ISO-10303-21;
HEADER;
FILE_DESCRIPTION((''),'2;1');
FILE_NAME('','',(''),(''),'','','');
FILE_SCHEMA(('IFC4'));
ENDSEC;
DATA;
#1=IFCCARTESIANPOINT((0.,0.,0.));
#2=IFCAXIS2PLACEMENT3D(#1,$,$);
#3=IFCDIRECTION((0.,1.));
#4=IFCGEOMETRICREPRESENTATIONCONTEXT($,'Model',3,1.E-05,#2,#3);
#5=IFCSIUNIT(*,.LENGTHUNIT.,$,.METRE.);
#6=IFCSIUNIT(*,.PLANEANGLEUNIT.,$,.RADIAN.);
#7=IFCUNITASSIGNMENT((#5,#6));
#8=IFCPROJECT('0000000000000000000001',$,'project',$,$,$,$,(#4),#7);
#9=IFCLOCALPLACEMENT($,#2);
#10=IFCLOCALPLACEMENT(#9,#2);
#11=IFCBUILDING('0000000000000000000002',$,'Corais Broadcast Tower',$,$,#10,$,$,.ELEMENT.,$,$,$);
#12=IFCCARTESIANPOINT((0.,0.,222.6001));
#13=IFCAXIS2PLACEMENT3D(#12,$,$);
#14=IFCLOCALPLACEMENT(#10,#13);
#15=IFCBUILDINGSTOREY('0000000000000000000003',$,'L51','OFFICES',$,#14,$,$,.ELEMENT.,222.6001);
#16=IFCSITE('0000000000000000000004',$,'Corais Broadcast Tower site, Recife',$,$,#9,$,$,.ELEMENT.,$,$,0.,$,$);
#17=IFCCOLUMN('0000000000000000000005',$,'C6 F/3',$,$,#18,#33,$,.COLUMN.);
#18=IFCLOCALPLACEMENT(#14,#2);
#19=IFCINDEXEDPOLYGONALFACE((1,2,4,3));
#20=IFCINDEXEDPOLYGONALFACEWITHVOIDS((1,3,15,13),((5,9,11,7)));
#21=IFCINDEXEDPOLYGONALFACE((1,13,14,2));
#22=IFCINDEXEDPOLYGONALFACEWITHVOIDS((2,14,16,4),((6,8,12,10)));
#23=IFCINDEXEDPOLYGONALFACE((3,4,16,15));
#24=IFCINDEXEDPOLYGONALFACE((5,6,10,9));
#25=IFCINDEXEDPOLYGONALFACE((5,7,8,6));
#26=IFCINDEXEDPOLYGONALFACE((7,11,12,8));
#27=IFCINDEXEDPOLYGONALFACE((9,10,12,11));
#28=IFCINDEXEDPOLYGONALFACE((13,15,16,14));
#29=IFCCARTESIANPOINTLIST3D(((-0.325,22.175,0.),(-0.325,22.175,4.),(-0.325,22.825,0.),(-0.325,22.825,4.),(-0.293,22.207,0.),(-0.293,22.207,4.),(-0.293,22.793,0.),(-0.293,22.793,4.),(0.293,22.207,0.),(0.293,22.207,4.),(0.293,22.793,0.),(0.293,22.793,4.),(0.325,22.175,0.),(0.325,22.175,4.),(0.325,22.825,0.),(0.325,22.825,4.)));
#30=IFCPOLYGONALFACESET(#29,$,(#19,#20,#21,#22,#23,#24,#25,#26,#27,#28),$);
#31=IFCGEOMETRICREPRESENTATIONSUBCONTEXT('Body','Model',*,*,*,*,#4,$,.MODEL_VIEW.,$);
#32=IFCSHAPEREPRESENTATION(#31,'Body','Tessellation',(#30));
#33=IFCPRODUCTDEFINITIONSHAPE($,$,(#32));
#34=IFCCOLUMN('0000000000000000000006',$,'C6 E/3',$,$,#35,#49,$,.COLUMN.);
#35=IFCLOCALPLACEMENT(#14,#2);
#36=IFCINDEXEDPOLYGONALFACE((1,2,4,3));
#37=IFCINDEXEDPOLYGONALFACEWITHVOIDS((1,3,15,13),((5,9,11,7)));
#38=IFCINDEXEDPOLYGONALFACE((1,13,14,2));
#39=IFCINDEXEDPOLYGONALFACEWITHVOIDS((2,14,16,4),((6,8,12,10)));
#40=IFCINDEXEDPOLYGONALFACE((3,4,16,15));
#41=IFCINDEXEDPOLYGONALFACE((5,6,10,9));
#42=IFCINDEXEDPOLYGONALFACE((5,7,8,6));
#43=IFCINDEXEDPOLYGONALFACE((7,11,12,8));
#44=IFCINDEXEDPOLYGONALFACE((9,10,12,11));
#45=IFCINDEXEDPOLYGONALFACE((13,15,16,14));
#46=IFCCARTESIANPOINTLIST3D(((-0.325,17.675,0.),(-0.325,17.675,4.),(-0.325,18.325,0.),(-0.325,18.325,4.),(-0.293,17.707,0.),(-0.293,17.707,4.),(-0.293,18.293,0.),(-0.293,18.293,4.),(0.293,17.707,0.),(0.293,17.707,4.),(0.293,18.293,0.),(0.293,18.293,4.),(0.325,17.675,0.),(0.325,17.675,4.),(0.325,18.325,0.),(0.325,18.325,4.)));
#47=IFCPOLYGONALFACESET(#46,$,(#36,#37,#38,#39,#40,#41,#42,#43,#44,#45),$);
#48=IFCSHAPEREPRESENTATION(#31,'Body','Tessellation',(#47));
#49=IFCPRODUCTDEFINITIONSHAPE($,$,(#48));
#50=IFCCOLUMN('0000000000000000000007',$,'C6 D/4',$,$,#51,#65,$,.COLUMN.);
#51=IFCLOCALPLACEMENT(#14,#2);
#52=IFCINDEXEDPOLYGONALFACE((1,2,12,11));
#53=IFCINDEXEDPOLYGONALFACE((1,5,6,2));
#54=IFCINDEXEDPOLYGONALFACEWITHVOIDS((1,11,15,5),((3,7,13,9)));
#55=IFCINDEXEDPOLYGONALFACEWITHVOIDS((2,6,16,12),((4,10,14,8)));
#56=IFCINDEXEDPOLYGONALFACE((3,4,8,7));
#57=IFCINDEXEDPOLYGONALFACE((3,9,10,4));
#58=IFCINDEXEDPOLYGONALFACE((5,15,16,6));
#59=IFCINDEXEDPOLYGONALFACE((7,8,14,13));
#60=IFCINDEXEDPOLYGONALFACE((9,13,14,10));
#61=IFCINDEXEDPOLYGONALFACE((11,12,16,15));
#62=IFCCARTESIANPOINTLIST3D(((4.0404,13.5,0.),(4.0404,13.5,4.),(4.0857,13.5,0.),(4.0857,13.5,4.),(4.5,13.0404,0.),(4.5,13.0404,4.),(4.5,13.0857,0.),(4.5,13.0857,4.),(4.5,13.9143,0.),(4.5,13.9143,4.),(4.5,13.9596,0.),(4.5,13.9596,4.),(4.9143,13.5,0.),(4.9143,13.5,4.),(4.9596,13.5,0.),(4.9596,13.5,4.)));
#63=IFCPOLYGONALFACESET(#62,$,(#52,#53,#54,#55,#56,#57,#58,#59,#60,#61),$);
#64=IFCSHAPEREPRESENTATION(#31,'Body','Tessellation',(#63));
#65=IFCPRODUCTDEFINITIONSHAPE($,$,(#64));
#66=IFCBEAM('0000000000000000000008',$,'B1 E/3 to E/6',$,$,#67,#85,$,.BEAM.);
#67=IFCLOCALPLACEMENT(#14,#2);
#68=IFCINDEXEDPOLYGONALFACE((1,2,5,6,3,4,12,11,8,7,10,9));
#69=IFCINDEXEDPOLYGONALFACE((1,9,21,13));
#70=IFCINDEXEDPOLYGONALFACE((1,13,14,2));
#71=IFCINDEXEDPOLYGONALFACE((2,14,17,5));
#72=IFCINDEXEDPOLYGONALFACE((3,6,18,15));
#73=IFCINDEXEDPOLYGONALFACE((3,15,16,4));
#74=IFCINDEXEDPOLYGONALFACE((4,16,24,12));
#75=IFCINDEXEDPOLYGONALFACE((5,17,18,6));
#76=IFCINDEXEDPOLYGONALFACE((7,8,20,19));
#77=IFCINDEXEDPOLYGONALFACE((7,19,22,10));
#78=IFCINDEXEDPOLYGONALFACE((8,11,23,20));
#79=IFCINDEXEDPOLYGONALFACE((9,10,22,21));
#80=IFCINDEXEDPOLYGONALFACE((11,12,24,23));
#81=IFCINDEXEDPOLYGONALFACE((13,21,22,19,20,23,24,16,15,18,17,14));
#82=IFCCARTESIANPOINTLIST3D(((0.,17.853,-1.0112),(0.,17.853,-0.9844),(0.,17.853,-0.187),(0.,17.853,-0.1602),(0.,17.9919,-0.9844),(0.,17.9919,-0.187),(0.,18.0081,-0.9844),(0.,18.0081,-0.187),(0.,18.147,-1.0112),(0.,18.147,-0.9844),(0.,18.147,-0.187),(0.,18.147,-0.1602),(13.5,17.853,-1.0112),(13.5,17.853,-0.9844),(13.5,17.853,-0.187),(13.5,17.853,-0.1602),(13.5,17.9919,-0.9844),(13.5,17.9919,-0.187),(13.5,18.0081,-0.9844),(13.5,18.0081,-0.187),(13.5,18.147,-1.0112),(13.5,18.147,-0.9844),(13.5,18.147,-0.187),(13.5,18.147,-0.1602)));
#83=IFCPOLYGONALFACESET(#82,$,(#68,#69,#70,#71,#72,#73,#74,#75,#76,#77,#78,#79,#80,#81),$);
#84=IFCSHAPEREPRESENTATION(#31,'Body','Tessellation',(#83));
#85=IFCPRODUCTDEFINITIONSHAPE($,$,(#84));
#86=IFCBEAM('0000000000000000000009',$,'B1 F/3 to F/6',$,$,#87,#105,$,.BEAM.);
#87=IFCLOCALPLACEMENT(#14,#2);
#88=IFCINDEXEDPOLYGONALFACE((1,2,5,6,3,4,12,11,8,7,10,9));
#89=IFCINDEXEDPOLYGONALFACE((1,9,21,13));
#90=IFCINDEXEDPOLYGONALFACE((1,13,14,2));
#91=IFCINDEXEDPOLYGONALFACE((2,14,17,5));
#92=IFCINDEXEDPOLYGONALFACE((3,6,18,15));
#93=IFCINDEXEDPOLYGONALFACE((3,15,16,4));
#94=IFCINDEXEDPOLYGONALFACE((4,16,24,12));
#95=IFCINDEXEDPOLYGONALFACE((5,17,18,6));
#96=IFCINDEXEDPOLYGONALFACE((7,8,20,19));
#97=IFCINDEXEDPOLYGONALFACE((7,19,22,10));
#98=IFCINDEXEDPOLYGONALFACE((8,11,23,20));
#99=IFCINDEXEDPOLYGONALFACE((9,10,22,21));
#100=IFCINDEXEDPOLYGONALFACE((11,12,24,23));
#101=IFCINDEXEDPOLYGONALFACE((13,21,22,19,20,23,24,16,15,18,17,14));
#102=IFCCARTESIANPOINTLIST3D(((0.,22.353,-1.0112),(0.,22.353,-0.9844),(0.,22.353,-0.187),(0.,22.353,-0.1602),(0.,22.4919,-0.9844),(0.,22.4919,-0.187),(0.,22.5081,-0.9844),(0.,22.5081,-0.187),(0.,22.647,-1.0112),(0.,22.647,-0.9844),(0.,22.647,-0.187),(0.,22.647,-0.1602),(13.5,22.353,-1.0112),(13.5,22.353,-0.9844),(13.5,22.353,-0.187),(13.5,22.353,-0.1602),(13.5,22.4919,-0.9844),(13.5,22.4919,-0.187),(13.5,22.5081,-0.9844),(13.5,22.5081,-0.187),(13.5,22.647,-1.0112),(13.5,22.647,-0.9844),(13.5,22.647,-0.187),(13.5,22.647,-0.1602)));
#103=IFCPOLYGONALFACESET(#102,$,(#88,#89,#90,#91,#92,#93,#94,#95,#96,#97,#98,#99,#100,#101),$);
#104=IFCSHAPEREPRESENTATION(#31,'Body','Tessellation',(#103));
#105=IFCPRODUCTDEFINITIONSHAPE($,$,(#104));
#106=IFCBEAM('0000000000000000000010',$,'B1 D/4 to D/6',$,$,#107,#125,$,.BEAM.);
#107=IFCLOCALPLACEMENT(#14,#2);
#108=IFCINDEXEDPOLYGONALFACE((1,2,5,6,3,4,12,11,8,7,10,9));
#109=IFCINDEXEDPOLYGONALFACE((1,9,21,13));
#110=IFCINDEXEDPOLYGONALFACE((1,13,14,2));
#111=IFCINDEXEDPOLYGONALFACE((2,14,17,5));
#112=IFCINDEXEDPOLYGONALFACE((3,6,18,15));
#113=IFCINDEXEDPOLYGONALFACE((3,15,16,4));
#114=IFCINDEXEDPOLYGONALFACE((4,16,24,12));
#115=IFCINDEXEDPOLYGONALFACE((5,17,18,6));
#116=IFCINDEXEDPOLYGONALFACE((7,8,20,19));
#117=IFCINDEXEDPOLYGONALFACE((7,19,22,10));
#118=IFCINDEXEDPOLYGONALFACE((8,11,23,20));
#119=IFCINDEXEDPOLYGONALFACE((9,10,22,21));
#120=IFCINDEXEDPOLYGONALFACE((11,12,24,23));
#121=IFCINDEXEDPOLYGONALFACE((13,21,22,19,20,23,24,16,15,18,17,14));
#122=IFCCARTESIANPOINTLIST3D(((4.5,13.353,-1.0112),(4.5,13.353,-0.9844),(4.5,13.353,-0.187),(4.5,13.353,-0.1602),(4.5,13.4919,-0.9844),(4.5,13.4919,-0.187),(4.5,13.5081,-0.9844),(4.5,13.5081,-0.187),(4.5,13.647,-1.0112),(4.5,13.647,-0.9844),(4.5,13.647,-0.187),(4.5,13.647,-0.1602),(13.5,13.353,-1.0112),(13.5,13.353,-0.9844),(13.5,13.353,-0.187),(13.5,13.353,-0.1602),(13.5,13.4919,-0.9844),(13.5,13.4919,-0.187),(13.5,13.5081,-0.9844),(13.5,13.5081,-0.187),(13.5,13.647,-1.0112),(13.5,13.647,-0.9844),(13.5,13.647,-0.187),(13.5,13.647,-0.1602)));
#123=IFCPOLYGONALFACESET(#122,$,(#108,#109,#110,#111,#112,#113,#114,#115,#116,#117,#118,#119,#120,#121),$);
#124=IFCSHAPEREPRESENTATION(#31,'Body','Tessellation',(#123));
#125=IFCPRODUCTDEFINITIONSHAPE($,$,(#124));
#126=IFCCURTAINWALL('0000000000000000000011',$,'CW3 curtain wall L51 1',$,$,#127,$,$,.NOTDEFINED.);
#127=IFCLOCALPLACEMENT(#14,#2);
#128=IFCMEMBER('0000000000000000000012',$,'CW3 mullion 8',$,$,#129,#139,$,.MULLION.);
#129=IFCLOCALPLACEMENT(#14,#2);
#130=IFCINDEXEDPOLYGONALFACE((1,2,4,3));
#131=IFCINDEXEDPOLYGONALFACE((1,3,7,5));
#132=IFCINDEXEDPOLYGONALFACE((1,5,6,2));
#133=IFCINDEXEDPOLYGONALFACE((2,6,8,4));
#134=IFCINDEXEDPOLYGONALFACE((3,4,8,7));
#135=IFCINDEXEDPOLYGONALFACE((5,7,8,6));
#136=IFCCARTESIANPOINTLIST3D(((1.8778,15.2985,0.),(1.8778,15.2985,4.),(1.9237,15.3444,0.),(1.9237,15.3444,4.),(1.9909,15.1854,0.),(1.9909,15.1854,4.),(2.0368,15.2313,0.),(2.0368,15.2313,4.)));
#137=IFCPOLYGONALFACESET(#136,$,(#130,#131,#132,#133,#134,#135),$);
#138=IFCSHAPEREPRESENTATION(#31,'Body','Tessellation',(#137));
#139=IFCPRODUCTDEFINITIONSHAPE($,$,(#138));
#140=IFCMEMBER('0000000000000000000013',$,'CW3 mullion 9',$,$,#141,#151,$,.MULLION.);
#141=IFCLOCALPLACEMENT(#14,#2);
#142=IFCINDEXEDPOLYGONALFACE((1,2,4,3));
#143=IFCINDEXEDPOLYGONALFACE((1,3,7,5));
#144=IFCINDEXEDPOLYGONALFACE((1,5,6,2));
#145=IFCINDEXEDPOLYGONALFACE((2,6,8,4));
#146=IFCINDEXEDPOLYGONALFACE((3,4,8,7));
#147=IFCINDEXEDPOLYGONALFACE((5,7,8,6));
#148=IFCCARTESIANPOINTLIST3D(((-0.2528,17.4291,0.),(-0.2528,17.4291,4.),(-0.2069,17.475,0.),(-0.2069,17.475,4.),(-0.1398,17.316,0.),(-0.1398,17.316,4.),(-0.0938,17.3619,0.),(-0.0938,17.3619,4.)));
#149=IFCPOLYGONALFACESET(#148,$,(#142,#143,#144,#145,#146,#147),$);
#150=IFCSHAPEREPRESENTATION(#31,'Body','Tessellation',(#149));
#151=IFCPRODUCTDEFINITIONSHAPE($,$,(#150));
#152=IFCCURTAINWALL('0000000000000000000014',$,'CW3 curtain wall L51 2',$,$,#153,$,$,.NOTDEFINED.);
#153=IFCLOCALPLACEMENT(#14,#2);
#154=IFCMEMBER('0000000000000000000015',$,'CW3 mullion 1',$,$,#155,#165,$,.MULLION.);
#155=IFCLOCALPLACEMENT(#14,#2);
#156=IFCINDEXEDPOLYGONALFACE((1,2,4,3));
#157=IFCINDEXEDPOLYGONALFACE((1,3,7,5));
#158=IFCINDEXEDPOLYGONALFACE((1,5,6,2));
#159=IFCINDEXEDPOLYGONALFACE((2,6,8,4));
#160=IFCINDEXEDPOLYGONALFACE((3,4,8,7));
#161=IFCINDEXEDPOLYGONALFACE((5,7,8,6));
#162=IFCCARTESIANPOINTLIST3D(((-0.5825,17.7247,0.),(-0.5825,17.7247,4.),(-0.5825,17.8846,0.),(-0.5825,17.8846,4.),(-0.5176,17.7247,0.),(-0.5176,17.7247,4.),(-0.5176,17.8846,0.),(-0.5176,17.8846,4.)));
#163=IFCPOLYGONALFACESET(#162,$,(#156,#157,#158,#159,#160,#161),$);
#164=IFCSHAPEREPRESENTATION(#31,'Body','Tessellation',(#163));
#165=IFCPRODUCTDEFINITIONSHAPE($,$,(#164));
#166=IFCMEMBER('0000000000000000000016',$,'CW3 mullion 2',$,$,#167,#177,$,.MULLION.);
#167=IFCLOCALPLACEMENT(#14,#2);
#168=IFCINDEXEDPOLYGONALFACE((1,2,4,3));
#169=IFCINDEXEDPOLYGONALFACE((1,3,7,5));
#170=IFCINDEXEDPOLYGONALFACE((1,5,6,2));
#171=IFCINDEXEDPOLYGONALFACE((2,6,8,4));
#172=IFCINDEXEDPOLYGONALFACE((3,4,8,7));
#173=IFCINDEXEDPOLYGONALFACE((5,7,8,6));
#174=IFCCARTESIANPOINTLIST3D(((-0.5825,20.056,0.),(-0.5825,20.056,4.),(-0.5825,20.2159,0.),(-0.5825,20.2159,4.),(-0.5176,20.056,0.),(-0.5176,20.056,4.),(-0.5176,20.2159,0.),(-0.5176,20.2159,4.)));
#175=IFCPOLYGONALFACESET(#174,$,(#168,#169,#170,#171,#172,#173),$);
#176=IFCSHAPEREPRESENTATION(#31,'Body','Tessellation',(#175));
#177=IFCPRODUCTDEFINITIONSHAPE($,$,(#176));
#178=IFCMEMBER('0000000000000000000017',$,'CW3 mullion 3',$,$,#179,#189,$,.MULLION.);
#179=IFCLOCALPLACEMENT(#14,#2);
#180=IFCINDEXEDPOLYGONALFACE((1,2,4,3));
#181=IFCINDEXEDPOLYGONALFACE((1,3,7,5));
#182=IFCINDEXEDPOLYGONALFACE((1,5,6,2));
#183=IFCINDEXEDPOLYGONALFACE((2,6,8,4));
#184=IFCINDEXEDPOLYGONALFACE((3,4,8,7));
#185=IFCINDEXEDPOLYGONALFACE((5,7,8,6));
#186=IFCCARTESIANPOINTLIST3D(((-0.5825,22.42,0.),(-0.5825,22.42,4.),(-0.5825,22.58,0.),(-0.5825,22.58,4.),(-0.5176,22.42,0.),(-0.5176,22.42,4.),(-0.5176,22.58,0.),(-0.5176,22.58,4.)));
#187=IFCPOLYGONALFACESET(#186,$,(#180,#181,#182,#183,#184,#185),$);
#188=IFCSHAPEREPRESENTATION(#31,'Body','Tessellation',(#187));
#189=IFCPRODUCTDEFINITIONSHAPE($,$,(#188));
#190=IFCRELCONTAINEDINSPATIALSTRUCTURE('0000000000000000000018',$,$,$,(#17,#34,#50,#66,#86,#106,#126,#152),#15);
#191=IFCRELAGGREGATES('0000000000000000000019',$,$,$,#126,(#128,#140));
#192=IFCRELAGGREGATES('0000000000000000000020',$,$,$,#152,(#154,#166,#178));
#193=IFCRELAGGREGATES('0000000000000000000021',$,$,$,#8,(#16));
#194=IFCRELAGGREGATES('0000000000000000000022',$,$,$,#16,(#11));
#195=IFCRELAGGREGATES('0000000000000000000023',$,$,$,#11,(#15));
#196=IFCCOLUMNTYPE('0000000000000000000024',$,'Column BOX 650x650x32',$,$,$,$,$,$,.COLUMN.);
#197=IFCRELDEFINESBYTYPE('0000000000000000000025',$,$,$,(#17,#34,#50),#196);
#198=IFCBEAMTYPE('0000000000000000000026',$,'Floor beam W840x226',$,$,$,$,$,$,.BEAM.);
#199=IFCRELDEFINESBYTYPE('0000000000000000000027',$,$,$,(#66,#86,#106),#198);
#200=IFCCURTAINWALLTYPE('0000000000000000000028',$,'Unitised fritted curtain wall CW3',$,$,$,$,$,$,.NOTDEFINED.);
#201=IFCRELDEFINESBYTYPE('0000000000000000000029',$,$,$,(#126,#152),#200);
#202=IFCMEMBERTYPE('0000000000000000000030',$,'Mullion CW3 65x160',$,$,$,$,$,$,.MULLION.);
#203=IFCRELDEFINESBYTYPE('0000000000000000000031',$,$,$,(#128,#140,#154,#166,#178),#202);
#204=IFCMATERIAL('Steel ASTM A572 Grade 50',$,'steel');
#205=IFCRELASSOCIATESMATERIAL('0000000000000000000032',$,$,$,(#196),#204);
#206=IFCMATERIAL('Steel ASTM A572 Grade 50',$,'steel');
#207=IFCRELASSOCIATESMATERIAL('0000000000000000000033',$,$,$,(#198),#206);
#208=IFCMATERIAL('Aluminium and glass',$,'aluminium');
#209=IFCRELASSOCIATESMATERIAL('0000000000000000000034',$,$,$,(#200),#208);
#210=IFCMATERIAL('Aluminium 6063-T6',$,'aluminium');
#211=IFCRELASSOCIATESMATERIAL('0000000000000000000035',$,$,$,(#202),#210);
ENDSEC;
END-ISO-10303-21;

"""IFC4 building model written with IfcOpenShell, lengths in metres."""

from ifc_helpers import new_model, si_unit, direction, frame, origin, origin_2d, place, context, subcontext, project, spatial, rectangle, hollow_rectangle, i_section, extrude, material, material_profile, profile_set, type_object, element, aggregate, save


model = new_model("IFC4")

# Units and contexts
model_context = context("Model", 3, precision=1e-05, world=origin(), true_north=direction((0.0, 1.0)))
body_context = subcontext(model_context, "Body", "Model", "MODEL_VIEW")
ifc_project = project(units=[si_unit("LENGTHUNIT", "METRE"), si_unit("PLANEANGLEUNIT", "RADIAN")], contexts=[model_context])

# Site, building, storey
site_placement = place(None, origin())
site = spatial("IfcSite", under=ifc_project, at=site_placement, Name="Corais Broadcast Tower site, Recife", CompositionType="ELEMENT", RefElevation=0.0)
building_placement = place(site_placement, origin())
building = spatial("IfcBuilding", under=site, at=building_placement, Name="Corais Broadcast Tower", CompositionType="ELEMENT")
storey_placement = place(building_placement, frame((0.0, 0.0, 222.6001)))
storey = spatial("IfcBuildingStorey", under=building, at=storey_placement, Name="L51", Description="OFFICES", CompositionType="ELEMENT", Elevation=222.6001)

# Columns
ifc_material_1 = material(Name="Steel ASTM A572 Grade 50", Category="steel")
ifc_material_profile_1 = material_profile(ifc_material_1, hollow_rectangle(XDim=0.6499, YDim=0.6499, WallThickness=0.032, at=origin_2d()), Name="BOX 650x650x32")
ifc_profile_set_1 = profile_set([ifc_material_profile_1], Name="Steel ASTM A572 Grade 50")
column_type = type_object("IfcColumnType", Name="Column BOX 650x650x32", PredefinedType="COLUMN", material=ifc_profile_set_1)
for number, where, z_axis, x_axis, name in (
    (1, (0.0, 22.5, 0.0), (0.0, 0.0, 1.0), (1.0, 0.0, 0.0), "C6 F/3"),
    (2, (0.0, 18.0, 0.0), (0.0, 0.0, 1.0), (1.0, 0.0, 0.0), "C6 E/3"),
    (3, (4.5, 13.5, 0.0), (0.0, 0.0, 1.0), (0.707107, 0.707107, 0.0), "C6 D/4"),
):
    element("IfcColumn", number, at=place(storey_placement, frame(where, z_axis=z_axis, x_axis=x_axis)), inside=storey, type_object=column_type, Name=name, PredefinedType="COLUMN", context=body_context, shape_type="SweptSolid", body=[
        extrude(hollow_rectangle(XDim=0.6499, YDim=0.6499, WallThickness=0.032, at=origin_2d()), origin(), (0.0, 0.0, 1.0), 4.0),
    ])

# Beams
ifc_material_2 = material(Name="Steel ASTM A572 Grade 50", Category="steel")
ifc_material_profile_2 = material_profile(ifc_material_2, i_section(OverallWidth=0.2939, OverallDepth=0.8511, WebThickness=0.0161, FlangeThickness=0.0269, at=origin_2d()), Name="W840x226")
ifc_profile_set_2 = profile_set([ifc_material_profile_2], Name="Steel ASTM A572 Grade 50")
beam_type_1 = type_object("IfcBeamType", Name="Floor beam W840x226", PredefinedType="BEAM", material=ifc_profile_set_2)
for number, where, z_axis, x_axis, name in (
    (4, (0.0, 18.0, -0.5857), (1.0, 0.0, 0.0), (0.0, 1.0, 0.0), "B1 E/3 to E/6"),
    (5, (0.0, 22.5, -0.5857), (1.0, 0.0, 0.0), (0.0, 1.0, 0.0), "B1 F/3 to F/6"),
):
    element("IfcBeam", number, at=place(storey_placement, frame(where, z_axis=z_axis, x_axis=x_axis)), inside=storey, type_object=beam_type_1, Name=name, PredefinedType="BEAM", context=body_context, shape_type="SweptSolid", body=[
        extrude(i_section(OverallWidth=0.2939, OverallDepth=0.8511, WebThickness=0.0161, FlangeThickness=0.0269, at=origin_2d()), origin(), (0.0, 0.0, 1.0), 13.5),
    ])
beam_1_placement = place(storey_placement, frame((4.5, 13.5, -0.5857), z_axis=(1.0, 0.0, 0.0), x_axis=(0.0, 1.0, 0.0)))
element("IfcBeam", 6, at=beam_1_placement, inside=storey, type_object=beam_type_1, Name="B1 D/4 to D/6", PredefinedType="BEAM", context=body_context, shape_type="SweptSolid", body=[
    extrude(i_section(OverallWidth=0.2939, OverallDepth=0.8511, WebThickness=0.0161, FlangeThickness=0.0269, at=origin_2d()), origin(), (0.0, 0.0, 1.0), 9.0),
])

# Curtain walls, members
ifc_material_3 = material(Name="Aluminium and glass", Category="aluminium")
curtain_wall_type = type_object("IfcCurtainWallType", Name="Unitised fritted curtain wall CW3", PredefinedType="NOTDEFINED", material=ifc_material_3)
curtain_wall_1_placement = place(storey_placement, origin())
curtain_wall_1 = element("IfcCurtainWall", 7, at=curtain_wall_1_placement, inside=storey, type_object=curtain_wall_type, Name="CW3 curtain wall L51 1", PredefinedType="NOTDEFINED")
ifc_material_4 = material(Name="Aluminium 6063-T6", Category="aluminium")
ifc_material_profile_3 = material_profile(ifc_material_4, rectangle(XDim=0.0649, YDim=0.1599, at=origin_2d()), Name="Mullion CW3 65x160")
ifc_profile_set_3 = profile_set([ifc_material_profile_3], Name="Aluminium 6063-T6")
member_type_1 = type_object("IfcMemberType", Name="Mullion CW3 65x160", PredefinedType="MULLION", material=ifc_profile_set_3)
member_1_placement = place(storey_placement, frame((1.9573, 15.2649, 0.0), z_axis=(0.0, 0.0, 1.0), x_axis=(-0.707107, -0.707107, 0.0)))
member_1 = element("IfcMember", 8, at=member_1_placement, type_object=member_type_1, Name="CW3 mullion 8", PredefinedType="MULLION", context=body_context, shape_type="SweptSolid", body=[
    extrude(rectangle(XDim=0.0649, YDim=0.1599, at=origin_2d()), origin(), (0.0, 0.0, 1.0), 4.0),
])
member_2_placement = place(storey_placement, frame((-0.1733, 17.3955, 0.0), z_axis=(0.0, 0.0, 1.0), x_axis=(-0.707107, -0.707107, 0.0)))
member_2 = element("IfcMember", 9, at=member_2_placement, type_object=member_type_1, Name="CW3 mullion 9", PredefinedType="MULLION", context=body_context, shape_type="SweptSolid", body=[
    extrude(rectangle(XDim=0.0649, YDim=0.1599, at=origin_2d()), origin(), (0.0, 0.0, 1.0), 4.0),
])
curtain_wall_2_placement = place(storey_placement, origin())
curtain_wall_2 = element("IfcCurtainWall", 10, at=curtain_wall_2_placement, inside=storey, type_object=curtain_wall_type, Name="CW3 curtain wall L51 2", PredefinedType="NOTDEFINED")
member_3_placement = place(storey_placement, frame((-0.55, 17.8047, 0.0), z_axis=(0.0, 0.0, 1.0), x_axis=(-1.0, 0.0, 0.0)))
member_3 = element("IfcMember", 11, at=member_3_placement, type_object=member_type_1, Name="CW3 mullion 1", PredefinedType="MULLION", context=body_context, shape_type="SweptSolid", body=[
    extrude(rectangle(XDim=0.0649, YDim=0.1599, at=origin_2d()), origin(), (0.0, 0.0, 1.0), 4.0),
])
member_4_placement = place(storey_placement, frame((-0.55, 20.136, 0.0), z_axis=(0.0, 0.0, 1.0), x_axis=(-1.0, 0.0, 0.0)))
member_4 = element("IfcMember", 12, at=member_4_placement, type_object=member_type_1, Name="CW3 mullion 2", PredefinedType="MULLION", context=body_context, shape_type="SweptSolid", body=[
    extrude(rectangle(XDim=0.0649, YDim=0.1599, at=origin_2d()), origin(), (0.0, 0.0, 1.0), 4.0),
])
member_5_placement = place(storey_placement, frame((-0.55, 22.5, 0.0), z_axis=(0.0, 0.0, 1.0), x_axis=(-1.0, 0.0, 0.0)))
member_5 = element("IfcMember", 13, at=member_5_placement, type_object=member_type_1, Name="CW3 mullion 3", PredefinedType="MULLION", context=body_context, shape_type="SweptSolid", body=[
    extrude(rectangle(XDim=0.0649, YDim=0.1599, at=origin_2d()), origin(), (0.0, 0.0, 1.0), 4.0),
])

aggregate(curtain_wall_1, [member_1, member_2])
aggregate(curtain_wall_2, [member_3, member_4, member_5])

save(model, "model.ifc")
